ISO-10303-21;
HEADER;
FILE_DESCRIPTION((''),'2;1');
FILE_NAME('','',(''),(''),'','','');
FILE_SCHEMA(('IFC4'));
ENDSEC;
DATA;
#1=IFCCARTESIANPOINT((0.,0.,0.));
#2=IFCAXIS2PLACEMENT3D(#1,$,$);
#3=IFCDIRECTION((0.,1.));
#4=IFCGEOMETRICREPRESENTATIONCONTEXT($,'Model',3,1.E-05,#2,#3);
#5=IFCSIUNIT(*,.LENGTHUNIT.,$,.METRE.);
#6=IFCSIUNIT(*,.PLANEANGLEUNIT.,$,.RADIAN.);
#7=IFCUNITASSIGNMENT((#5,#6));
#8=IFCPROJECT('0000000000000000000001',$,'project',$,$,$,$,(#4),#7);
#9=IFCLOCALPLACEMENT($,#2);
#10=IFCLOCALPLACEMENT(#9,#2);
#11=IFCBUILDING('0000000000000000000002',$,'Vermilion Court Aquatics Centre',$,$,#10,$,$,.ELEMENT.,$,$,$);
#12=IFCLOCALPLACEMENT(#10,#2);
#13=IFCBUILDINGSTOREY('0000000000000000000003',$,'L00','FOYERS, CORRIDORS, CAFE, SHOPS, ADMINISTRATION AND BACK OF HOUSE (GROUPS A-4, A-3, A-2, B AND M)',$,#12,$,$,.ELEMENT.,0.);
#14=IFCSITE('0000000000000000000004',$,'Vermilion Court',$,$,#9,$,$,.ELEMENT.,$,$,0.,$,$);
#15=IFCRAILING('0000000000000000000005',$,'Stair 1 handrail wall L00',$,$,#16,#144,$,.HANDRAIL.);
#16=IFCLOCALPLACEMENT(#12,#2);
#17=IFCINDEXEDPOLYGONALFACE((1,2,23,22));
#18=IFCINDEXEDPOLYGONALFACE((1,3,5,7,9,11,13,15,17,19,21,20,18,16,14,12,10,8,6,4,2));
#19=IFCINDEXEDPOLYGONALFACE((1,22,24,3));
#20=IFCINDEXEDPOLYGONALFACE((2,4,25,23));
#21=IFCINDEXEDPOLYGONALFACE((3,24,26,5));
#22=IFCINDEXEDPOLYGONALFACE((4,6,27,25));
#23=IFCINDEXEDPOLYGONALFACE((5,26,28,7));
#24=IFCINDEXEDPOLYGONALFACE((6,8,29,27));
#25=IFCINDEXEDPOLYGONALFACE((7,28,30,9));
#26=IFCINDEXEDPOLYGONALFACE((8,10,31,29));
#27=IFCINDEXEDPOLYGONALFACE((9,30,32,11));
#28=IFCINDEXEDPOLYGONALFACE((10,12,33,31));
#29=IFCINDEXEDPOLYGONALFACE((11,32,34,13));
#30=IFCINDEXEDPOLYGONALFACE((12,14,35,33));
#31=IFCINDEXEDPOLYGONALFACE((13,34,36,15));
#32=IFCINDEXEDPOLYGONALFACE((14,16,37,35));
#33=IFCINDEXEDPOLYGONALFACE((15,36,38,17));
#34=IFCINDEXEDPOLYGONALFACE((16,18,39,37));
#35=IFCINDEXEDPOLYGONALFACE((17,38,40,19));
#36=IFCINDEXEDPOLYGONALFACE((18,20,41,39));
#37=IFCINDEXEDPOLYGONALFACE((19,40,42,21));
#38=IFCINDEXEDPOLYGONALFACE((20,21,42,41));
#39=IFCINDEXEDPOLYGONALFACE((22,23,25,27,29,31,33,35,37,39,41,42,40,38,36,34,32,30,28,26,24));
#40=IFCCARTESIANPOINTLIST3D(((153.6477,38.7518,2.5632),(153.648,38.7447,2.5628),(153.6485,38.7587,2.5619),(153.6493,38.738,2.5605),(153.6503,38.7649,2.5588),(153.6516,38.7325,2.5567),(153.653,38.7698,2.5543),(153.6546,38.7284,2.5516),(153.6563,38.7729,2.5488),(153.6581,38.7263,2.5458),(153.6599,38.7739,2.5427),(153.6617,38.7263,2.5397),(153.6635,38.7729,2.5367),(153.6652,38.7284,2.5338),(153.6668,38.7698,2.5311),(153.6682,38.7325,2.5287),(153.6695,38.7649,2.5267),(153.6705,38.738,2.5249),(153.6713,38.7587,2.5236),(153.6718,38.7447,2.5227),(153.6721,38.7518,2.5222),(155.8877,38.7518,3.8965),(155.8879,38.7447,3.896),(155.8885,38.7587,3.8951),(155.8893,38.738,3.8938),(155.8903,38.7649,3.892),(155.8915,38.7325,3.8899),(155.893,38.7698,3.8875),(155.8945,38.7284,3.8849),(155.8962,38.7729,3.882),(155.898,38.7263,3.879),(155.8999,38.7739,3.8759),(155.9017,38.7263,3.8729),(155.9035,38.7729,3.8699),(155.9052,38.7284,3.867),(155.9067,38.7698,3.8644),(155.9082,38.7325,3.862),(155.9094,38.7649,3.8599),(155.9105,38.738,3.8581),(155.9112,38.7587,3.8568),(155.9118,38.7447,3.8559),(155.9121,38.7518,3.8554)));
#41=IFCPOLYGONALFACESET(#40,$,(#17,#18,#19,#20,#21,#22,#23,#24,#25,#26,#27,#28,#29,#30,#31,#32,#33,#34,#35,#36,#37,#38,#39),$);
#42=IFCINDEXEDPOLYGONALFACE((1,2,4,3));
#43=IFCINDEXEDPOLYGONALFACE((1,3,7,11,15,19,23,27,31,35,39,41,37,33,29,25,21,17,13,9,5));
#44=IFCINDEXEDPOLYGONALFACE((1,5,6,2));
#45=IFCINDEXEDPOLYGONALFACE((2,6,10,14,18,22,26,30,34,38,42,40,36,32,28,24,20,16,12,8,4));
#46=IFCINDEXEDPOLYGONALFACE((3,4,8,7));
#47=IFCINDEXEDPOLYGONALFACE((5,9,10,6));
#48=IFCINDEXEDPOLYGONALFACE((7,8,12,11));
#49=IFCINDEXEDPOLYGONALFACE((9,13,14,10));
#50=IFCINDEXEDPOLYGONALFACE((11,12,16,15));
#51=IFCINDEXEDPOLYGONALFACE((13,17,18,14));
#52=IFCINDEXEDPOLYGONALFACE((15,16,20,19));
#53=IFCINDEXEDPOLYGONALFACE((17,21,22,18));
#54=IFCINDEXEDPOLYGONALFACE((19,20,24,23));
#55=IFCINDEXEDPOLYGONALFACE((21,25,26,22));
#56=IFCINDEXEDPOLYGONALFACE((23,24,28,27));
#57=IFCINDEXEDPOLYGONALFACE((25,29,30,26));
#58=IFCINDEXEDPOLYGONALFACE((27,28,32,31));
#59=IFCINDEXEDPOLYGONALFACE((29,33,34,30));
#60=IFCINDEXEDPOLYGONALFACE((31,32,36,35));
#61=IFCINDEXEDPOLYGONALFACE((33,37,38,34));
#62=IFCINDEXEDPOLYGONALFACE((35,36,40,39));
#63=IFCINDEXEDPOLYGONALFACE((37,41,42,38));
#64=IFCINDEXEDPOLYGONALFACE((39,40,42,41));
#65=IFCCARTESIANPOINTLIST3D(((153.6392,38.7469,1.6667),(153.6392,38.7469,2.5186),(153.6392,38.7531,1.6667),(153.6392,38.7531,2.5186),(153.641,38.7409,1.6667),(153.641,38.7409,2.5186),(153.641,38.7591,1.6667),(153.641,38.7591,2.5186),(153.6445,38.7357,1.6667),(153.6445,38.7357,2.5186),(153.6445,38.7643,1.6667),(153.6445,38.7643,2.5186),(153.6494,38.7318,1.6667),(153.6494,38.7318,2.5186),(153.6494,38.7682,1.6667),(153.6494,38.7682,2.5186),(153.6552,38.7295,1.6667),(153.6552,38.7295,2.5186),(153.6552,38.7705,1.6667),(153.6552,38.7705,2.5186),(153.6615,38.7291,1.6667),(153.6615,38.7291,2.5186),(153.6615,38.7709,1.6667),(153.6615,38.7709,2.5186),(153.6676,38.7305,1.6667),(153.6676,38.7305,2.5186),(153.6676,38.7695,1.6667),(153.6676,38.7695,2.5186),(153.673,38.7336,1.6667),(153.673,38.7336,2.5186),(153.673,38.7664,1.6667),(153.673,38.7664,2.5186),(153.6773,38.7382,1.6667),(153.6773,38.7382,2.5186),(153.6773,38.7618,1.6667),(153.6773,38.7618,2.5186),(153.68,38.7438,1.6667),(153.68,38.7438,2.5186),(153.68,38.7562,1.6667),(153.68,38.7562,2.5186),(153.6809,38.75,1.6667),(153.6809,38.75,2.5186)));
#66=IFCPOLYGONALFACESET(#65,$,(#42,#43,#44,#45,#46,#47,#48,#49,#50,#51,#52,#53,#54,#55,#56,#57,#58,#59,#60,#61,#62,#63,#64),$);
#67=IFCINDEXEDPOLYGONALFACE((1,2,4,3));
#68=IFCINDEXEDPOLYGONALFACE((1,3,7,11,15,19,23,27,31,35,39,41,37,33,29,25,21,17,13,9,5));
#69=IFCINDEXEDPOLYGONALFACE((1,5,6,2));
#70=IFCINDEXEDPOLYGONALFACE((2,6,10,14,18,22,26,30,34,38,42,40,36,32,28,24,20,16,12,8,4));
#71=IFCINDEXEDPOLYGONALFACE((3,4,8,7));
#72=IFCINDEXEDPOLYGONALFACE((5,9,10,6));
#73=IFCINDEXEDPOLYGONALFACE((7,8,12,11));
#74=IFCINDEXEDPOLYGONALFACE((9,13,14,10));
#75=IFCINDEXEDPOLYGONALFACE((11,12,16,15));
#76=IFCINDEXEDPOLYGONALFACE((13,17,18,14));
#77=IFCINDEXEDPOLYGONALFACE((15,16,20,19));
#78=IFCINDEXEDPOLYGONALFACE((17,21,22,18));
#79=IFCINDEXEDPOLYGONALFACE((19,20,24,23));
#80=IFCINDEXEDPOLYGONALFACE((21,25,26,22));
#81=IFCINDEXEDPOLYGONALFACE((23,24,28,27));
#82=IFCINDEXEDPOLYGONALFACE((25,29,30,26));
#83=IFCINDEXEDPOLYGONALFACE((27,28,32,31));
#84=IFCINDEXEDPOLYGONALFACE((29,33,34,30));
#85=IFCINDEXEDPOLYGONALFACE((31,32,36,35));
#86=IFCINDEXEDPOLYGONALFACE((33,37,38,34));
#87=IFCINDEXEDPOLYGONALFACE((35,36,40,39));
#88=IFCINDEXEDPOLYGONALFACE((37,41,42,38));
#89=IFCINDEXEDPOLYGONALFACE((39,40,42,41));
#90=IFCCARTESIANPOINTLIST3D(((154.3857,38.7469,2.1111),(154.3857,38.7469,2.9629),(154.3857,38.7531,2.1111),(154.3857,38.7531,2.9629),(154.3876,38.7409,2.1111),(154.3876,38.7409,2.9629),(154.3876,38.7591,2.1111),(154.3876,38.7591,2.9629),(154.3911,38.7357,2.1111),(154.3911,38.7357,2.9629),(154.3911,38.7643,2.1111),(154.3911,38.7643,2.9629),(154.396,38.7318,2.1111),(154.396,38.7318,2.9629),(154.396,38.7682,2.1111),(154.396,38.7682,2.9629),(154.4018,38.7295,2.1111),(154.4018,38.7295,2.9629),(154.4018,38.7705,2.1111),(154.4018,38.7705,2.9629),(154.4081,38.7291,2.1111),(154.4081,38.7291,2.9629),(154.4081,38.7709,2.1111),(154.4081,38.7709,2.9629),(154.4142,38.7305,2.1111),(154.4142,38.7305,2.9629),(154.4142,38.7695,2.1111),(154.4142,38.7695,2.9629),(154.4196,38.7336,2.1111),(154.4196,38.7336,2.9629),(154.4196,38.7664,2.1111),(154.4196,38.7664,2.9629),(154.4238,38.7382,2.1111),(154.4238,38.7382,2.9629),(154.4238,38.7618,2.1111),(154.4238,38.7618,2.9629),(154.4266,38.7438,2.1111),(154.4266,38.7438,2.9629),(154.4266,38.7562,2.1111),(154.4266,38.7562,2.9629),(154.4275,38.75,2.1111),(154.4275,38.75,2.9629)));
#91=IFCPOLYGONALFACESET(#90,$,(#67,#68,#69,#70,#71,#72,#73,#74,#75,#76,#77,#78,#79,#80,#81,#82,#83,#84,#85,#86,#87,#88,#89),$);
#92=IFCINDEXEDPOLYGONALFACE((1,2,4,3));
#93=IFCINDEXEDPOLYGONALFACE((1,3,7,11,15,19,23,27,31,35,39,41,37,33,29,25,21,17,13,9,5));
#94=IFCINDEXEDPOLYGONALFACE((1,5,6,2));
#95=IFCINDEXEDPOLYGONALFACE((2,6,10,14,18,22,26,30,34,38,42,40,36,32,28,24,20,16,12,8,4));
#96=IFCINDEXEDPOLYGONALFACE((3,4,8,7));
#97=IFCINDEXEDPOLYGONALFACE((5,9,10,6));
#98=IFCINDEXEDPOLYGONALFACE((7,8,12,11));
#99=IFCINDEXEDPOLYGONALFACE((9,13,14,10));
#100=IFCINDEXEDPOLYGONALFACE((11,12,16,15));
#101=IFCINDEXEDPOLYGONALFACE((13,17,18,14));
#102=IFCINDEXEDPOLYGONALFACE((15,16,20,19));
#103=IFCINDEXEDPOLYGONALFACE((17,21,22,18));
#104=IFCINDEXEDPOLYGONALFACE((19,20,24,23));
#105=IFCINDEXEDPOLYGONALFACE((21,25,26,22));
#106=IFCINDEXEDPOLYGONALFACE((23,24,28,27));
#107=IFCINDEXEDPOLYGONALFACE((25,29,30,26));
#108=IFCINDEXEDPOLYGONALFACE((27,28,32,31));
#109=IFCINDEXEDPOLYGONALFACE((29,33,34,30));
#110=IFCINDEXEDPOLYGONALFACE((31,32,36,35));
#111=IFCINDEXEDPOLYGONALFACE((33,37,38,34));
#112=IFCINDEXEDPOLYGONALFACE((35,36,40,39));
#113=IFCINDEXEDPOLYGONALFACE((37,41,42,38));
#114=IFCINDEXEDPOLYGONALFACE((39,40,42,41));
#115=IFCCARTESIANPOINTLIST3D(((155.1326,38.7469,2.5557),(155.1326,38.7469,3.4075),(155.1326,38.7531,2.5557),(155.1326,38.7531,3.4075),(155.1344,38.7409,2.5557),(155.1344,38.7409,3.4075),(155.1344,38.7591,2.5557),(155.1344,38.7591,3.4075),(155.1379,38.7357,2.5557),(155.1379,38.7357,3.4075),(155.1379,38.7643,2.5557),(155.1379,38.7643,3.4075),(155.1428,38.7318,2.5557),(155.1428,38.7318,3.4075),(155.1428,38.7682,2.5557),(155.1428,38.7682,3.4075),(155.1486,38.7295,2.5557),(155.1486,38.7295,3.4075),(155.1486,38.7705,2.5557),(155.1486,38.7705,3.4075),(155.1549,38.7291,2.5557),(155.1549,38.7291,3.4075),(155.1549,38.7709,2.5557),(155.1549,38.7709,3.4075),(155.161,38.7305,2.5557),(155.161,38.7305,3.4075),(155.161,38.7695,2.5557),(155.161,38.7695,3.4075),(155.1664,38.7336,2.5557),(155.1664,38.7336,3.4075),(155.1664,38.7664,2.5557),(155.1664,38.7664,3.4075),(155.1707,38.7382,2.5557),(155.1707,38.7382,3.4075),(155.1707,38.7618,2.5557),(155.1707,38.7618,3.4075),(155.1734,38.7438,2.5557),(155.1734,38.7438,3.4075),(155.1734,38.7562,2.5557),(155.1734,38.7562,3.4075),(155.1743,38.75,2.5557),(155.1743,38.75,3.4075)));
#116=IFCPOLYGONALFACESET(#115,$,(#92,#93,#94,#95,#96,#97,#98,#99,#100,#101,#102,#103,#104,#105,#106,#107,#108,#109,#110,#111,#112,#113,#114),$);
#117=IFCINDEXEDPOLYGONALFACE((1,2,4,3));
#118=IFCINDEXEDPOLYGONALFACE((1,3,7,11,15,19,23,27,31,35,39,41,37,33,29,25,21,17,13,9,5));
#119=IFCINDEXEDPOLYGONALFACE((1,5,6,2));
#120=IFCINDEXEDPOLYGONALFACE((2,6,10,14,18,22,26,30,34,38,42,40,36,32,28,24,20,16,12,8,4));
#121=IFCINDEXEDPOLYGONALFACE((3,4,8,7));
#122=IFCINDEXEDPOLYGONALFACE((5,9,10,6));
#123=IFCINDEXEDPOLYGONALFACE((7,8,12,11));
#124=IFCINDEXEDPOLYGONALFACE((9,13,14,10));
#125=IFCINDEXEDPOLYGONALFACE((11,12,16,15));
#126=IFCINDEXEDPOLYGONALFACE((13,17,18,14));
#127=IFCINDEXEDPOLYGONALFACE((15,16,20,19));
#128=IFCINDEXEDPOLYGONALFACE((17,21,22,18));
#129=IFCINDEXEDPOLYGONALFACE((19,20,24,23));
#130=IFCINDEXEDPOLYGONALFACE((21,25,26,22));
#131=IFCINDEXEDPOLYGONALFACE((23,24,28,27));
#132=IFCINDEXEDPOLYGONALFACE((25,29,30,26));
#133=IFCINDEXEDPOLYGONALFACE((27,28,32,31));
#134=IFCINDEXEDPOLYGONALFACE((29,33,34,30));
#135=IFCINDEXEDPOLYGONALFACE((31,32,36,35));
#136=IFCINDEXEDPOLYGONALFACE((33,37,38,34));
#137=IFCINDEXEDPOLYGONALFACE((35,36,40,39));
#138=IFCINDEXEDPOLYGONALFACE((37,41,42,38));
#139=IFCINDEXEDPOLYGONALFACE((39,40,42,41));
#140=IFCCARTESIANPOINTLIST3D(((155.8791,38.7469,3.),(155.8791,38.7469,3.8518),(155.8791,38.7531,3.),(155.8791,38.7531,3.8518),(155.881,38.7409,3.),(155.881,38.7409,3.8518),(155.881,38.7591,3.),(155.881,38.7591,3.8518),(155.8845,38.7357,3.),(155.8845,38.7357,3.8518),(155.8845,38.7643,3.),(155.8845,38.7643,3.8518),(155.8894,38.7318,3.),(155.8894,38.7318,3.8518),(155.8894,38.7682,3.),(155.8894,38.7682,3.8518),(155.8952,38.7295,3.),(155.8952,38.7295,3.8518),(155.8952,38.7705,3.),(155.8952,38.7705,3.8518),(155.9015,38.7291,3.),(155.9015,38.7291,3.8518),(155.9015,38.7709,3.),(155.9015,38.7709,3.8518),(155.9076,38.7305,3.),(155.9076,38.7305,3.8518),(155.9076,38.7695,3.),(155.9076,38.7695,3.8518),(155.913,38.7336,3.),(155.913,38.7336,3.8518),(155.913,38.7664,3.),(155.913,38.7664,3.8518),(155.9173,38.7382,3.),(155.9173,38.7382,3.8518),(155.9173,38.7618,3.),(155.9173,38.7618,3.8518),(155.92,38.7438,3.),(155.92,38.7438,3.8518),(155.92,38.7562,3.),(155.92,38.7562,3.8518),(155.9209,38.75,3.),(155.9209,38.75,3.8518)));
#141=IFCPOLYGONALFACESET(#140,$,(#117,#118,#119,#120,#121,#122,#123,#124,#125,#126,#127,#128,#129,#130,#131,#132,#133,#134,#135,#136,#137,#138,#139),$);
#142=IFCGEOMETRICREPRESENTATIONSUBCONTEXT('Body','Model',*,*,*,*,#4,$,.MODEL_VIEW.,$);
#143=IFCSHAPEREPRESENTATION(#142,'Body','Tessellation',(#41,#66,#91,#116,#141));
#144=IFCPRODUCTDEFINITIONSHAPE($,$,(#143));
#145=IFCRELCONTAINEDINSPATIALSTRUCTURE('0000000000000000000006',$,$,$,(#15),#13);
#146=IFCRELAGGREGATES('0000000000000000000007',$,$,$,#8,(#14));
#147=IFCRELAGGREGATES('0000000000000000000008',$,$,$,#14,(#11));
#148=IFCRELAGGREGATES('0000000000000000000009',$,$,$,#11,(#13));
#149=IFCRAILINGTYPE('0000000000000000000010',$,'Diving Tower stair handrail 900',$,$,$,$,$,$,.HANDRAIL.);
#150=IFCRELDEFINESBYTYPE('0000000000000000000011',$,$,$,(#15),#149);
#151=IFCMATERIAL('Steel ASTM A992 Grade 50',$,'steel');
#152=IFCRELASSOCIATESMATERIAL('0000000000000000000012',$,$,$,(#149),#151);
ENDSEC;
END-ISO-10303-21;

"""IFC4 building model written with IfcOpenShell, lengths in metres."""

from ifc_helpers import new_model, si_unit, direction, frame, origin, origin_2d, place, context, subcontext, project, spatial, circle, extrude, material, type_object, element, save


model = new_model("IFC4")

# Units and contexts
model_context = context("Model", 3, precision=1e-05, world=origin(), true_north=direction((0.0, 1.0)))
body_context = subcontext(model_context, "Body", "Model", "MODEL_VIEW")
ifc_project = project(units=[si_unit("LENGTHUNIT", "METRE"), si_unit("PLANEANGLEUNIT", "RADIAN")], contexts=[model_context])

# Site, building, storey
site_placement = place(None, origin())
site = spatial("IfcSite", under=ifc_project, at=site_placement, Name="Vermilion Court", CompositionType="ELEMENT", RefElevation=0.0)
building_placement = place(site_placement, origin())
building = spatial("IfcBuilding", under=site, at=building_placement, Name="Vermilion Court Aquatics Centre", CompositionType="ELEMENT")
storey_placement = place(building_placement, origin())
storey = spatial("IfcBuildingStorey", under=building, at=storey_placement, Name="L00", Description="FOYERS, CORRIDORS, CAFE, SHOPS, ADMINISTRATION AND BACK OF HOUSE (GROUPS A-4, A-3, A-2, B AND M)", CompositionType="ELEMENT", Elevation=0.0)

# Railing
ifc_material_1 = material(Name="Steel ASTM A992 Grade 50", Category="steel")
railing_type = type_object("IfcRailingType", Name="Diving Tower stair handrail 900", PredefinedType="HANDRAIL", material=ifc_material_1)
for number, where, name in (
    (1, (153.6599, 38.75, 1.6667), "Stair 1 handrail wall L00"),
):
    element("IfcRailing", number, at=place(storey_placement, frame(where)), inside=storey, type_object=railing_type, Name=name, PredefinedType="HANDRAIL", context=body_context, shape_type="SweptSolid", body=[
        extrude(circle(Radius=0.0239, at=origin_2d()), frame((0.0, 0.0, 0.876), z_axis=(0.859306, 0.0, 0.511462), x_axis=(0.0, 1.0, 0.0)), (0.0, 0.0, 1.0), 2.6067),
        extrude(circle(Radius=0.021, at=origin_2d()), origin(), (0.0, 0.0, 1.0), 0.8518),
        extrude(circle(Radius=0.021, at=origin_2d()), frame((0.7466, 0.0, 0.4443)), (0.0, 0.0, 1.0), 0.8518),
        extrude(circle(Radius=0.021, at=origin_2d()), frame((1.4934, 0.0, 0.8889)), (0.0, 0.0, 1.0), 0.8518),
        extrude(circle(Radius=0.021, at=origin_2d()), frame((2.24, 0.0, 1.3333)), (0.0, 0.0, 1.0), 0.8518),
    ])

save(model, "model.ifc")
